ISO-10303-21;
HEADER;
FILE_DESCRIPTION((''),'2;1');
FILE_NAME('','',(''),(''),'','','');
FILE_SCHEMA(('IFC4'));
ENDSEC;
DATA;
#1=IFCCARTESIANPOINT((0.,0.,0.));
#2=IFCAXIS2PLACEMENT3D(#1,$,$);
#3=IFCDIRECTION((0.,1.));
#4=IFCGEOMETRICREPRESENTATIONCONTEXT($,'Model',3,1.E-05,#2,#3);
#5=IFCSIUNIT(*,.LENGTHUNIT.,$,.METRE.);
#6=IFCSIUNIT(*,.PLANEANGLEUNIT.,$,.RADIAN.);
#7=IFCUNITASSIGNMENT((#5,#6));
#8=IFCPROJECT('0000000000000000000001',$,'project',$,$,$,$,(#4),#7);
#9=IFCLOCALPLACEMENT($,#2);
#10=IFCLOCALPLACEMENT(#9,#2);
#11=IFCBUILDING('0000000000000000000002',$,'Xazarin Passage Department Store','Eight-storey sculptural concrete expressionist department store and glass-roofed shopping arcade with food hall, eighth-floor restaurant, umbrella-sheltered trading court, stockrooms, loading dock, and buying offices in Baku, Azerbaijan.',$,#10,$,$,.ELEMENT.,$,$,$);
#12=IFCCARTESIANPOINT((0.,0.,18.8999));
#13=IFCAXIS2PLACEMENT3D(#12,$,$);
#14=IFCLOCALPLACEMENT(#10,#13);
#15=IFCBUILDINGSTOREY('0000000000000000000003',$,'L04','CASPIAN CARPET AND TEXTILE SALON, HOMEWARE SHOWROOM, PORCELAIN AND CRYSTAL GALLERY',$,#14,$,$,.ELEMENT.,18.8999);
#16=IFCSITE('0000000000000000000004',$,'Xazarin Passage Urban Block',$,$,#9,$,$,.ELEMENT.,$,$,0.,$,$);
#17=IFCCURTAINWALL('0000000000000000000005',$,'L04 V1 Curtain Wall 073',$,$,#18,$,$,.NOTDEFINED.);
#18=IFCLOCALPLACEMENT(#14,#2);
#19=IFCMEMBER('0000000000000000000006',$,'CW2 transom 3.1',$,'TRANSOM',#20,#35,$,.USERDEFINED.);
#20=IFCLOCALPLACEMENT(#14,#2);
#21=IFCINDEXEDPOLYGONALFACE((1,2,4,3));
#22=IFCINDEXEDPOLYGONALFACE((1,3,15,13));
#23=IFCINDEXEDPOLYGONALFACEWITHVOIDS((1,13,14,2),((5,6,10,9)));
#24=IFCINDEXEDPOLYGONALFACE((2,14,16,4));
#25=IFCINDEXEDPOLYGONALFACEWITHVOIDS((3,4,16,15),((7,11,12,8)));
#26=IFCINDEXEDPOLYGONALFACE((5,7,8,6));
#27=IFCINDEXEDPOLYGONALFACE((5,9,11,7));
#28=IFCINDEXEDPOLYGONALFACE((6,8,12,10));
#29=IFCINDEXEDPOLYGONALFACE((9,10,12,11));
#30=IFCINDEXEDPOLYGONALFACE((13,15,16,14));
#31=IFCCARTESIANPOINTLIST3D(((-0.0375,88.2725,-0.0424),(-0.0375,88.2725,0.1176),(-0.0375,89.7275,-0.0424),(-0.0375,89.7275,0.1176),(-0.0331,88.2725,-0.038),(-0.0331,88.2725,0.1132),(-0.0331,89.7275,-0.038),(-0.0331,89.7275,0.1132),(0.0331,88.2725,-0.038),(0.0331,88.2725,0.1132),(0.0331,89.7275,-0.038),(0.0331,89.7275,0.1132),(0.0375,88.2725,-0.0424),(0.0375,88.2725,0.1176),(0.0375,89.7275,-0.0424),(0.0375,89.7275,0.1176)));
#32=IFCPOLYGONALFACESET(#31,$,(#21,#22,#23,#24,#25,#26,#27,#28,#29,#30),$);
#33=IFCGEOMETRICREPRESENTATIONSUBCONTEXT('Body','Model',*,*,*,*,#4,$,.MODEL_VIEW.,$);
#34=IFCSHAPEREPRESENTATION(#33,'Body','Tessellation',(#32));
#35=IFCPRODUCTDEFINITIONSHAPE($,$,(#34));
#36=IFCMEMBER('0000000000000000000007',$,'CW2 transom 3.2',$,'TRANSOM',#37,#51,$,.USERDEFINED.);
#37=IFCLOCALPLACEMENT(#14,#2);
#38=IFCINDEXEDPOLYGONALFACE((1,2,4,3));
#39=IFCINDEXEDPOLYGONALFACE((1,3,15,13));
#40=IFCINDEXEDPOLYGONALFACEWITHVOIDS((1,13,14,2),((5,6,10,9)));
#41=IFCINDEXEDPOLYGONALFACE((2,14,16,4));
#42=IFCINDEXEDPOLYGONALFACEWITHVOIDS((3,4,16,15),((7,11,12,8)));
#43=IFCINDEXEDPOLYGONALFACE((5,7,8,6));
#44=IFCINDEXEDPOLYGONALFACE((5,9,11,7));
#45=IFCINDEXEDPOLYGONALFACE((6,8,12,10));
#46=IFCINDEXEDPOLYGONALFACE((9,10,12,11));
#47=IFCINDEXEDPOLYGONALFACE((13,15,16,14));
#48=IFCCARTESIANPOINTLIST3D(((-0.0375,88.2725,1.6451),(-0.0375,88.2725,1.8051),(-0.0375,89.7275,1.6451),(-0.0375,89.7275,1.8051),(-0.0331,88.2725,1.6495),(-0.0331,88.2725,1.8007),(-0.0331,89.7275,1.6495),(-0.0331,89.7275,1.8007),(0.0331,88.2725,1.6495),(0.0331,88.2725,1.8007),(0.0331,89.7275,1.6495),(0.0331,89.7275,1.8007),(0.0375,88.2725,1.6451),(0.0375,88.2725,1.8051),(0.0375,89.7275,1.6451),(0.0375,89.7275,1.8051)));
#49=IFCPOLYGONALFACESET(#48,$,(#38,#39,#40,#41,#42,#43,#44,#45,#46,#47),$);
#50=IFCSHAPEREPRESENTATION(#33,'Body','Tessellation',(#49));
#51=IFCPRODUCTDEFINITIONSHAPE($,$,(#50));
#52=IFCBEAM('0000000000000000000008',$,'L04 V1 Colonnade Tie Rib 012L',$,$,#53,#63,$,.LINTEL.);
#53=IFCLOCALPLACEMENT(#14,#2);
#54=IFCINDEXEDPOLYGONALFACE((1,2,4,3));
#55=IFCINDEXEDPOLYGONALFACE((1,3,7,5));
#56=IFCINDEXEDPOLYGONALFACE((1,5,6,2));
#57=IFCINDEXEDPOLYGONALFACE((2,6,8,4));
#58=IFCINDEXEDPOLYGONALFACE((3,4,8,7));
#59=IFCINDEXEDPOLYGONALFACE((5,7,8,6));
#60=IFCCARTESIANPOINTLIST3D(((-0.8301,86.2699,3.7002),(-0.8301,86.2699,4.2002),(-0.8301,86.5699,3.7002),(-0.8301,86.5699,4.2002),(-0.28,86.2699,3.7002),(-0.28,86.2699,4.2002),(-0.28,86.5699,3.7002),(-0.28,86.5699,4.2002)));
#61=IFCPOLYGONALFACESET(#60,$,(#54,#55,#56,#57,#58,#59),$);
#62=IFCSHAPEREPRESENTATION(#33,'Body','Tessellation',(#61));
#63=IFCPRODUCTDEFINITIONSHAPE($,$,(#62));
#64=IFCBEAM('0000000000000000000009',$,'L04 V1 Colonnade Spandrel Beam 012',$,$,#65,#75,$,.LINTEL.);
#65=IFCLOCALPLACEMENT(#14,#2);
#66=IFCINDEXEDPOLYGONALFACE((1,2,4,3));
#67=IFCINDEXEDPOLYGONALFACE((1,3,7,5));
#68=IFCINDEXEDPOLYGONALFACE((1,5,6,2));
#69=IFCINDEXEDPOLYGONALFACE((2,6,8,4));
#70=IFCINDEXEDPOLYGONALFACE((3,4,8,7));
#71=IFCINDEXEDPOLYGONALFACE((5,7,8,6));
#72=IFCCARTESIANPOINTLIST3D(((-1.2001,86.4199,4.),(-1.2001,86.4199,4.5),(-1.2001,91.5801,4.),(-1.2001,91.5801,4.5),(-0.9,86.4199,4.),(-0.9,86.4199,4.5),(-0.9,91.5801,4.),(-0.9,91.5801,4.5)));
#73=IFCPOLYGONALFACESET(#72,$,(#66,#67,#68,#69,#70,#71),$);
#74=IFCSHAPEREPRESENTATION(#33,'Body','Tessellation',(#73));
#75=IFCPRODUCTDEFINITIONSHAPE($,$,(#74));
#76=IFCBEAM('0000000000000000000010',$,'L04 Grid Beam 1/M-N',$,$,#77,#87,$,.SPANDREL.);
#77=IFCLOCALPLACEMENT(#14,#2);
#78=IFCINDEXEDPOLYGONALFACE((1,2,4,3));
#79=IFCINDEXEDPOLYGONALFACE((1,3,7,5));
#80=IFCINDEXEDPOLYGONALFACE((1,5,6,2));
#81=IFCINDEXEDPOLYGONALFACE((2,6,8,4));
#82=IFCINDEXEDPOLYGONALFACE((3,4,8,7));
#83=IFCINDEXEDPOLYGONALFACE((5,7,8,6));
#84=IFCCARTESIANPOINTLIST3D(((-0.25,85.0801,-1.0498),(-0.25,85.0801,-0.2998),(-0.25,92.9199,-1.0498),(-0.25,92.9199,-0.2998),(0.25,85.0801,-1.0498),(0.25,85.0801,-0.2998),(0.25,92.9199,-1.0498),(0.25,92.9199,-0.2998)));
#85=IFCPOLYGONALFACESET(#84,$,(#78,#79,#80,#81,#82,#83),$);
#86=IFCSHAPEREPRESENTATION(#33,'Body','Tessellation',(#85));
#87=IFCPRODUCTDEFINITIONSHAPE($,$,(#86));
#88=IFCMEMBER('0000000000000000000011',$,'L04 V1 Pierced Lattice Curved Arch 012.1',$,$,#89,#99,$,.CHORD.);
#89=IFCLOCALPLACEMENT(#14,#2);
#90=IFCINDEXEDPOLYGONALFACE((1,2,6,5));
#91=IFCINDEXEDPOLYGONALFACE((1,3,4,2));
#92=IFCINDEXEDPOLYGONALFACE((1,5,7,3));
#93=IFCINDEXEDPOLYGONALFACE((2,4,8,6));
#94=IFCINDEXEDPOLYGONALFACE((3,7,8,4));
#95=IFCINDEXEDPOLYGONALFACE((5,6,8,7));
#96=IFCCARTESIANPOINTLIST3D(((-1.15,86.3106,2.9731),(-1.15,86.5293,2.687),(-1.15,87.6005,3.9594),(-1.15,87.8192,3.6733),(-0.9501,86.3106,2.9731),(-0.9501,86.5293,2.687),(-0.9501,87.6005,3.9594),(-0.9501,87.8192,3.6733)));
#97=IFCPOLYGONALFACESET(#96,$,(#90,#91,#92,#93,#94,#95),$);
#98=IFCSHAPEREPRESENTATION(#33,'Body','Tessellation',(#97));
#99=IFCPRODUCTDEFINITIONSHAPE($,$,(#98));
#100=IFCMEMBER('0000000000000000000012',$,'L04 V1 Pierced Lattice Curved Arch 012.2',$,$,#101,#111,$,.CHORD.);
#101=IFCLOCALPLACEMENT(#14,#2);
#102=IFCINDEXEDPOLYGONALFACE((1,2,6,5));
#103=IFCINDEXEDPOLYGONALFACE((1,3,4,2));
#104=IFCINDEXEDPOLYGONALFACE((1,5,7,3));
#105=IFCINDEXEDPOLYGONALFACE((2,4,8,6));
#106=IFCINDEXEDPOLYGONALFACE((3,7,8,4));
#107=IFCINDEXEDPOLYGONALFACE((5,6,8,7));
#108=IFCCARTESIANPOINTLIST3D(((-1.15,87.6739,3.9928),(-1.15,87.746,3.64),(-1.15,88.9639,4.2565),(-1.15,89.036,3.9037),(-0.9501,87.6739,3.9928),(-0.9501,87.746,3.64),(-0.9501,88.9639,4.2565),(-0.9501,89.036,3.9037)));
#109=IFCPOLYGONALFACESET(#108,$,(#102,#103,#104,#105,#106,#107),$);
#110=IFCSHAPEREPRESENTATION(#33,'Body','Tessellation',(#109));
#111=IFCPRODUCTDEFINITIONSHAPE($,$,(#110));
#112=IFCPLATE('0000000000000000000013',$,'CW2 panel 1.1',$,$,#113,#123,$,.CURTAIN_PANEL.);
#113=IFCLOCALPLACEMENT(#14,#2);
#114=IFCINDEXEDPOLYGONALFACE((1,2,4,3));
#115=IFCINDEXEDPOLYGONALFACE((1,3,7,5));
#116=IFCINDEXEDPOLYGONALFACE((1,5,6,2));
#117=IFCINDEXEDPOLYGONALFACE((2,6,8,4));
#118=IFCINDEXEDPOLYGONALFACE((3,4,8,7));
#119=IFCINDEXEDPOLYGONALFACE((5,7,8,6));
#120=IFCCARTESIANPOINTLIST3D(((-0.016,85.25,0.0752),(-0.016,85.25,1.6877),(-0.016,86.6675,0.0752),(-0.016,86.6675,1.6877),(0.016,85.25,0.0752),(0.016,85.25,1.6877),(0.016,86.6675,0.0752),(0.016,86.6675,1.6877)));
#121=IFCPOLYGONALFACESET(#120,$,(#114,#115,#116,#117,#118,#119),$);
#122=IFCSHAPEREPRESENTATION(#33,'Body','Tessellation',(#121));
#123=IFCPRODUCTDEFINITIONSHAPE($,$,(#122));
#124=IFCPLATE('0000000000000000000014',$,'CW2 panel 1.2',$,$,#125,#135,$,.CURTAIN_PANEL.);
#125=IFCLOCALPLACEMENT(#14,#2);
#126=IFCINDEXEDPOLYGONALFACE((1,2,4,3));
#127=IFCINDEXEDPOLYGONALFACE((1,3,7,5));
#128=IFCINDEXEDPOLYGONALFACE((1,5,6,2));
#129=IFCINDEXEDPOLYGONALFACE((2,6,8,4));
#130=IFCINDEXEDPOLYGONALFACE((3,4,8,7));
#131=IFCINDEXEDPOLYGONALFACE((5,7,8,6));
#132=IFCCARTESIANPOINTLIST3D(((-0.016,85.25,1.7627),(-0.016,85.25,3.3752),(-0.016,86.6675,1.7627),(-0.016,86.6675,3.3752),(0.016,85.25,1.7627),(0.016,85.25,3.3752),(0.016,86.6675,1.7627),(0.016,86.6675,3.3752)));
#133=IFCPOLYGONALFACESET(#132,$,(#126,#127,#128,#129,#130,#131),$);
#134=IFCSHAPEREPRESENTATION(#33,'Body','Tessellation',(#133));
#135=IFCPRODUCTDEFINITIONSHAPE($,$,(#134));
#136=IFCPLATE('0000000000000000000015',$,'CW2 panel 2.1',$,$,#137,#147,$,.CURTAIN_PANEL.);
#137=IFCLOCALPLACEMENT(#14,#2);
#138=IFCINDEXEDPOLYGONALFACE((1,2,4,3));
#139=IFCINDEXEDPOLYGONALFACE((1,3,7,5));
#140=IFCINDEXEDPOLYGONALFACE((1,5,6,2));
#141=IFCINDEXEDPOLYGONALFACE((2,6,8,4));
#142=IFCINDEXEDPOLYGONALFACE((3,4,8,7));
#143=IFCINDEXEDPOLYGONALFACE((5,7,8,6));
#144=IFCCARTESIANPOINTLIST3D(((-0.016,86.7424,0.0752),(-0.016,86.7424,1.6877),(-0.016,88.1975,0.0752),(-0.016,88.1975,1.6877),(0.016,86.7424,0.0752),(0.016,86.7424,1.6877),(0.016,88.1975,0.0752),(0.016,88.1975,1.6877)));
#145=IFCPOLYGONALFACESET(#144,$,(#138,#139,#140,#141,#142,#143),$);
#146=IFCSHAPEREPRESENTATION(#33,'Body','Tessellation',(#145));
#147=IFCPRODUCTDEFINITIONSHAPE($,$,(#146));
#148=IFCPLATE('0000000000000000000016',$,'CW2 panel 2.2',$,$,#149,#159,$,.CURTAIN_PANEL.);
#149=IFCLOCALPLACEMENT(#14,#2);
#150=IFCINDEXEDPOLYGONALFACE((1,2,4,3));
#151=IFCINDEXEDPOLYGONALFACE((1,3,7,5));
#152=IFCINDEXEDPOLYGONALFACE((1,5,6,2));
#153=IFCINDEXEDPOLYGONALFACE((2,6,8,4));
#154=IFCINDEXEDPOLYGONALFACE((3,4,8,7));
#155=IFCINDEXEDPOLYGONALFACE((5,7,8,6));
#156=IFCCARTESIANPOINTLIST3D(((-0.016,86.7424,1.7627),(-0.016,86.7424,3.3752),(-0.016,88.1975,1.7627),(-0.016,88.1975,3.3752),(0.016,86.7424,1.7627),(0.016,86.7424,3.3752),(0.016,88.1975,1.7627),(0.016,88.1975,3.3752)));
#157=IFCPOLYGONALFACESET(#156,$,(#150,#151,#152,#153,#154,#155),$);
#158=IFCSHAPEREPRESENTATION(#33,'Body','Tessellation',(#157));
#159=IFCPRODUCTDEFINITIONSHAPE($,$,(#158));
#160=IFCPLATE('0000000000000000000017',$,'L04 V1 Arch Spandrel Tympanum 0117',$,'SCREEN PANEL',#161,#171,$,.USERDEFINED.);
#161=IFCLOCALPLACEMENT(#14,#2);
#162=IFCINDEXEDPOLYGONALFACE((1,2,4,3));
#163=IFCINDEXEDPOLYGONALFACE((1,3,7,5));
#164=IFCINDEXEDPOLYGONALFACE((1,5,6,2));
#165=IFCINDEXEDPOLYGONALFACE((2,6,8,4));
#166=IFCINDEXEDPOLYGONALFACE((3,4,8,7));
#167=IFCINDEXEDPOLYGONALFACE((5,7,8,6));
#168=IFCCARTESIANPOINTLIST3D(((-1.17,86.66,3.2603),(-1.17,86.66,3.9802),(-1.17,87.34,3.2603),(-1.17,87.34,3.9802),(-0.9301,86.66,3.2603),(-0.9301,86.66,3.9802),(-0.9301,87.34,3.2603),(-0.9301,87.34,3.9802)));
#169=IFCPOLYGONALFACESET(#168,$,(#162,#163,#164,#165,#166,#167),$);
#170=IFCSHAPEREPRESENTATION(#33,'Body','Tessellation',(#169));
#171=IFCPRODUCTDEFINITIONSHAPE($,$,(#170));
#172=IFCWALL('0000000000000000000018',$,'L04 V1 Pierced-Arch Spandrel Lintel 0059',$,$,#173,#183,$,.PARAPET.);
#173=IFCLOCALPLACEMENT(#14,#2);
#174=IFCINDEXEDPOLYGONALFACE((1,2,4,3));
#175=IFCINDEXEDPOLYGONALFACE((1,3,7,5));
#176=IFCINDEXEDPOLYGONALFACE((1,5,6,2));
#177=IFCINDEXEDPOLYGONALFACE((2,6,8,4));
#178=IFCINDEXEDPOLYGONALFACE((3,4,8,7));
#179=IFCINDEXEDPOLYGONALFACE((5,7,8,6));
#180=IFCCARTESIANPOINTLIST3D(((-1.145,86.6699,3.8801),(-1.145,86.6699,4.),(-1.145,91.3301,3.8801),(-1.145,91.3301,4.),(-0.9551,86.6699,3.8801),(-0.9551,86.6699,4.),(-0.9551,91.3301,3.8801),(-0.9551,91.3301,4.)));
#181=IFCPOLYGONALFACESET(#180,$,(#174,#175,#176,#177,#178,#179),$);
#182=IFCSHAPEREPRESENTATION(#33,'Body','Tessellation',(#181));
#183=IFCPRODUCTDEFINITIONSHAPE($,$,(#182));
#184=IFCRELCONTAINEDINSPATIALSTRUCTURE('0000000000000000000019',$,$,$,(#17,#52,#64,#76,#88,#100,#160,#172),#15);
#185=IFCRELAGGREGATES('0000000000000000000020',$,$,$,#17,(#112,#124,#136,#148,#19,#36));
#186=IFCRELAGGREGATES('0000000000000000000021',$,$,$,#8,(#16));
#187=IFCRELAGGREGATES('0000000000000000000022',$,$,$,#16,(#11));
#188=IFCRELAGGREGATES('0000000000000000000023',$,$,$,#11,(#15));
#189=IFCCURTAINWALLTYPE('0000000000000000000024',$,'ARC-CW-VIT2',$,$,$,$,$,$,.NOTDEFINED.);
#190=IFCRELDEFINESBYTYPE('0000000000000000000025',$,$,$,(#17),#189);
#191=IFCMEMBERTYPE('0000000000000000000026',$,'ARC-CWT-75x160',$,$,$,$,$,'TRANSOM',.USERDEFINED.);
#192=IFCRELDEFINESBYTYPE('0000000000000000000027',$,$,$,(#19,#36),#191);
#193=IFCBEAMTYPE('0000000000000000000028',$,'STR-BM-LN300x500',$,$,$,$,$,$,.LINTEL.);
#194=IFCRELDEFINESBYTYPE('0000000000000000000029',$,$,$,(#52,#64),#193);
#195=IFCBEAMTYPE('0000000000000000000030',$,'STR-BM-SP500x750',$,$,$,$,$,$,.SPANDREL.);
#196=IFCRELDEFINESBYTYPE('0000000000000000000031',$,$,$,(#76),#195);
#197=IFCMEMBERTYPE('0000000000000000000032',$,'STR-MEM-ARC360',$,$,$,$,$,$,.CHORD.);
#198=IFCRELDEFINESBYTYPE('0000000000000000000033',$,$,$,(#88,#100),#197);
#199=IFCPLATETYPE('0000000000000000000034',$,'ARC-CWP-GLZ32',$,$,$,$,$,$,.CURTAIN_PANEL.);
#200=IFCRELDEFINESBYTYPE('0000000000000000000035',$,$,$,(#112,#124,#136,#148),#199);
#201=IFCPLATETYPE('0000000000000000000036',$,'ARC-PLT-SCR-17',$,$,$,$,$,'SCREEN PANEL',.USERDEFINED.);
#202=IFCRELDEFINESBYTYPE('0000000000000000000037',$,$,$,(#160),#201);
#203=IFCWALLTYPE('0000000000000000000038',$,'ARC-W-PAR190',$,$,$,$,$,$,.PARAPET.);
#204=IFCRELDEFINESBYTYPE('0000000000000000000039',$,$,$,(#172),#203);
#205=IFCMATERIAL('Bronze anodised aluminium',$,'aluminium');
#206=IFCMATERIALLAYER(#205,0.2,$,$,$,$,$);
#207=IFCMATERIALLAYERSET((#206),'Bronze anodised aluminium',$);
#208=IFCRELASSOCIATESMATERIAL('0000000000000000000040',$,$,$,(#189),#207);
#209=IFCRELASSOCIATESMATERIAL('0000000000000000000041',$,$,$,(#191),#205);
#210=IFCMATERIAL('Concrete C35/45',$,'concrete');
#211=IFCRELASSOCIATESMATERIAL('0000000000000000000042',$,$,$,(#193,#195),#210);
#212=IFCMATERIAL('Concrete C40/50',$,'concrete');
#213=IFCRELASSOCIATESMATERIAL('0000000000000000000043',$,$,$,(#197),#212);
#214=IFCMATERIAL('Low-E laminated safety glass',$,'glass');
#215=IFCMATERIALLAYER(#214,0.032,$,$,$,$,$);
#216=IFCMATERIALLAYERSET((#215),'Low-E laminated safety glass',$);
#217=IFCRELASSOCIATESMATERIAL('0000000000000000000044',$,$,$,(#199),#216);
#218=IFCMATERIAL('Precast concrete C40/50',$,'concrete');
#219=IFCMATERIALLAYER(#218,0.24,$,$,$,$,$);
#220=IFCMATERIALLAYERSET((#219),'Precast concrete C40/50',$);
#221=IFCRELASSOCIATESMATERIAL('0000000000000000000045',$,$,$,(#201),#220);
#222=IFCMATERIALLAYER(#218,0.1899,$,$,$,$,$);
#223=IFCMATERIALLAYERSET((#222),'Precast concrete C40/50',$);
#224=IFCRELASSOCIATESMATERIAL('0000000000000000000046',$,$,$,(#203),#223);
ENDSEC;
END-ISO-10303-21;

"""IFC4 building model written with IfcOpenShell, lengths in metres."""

from ifc_helpers import new_model, si_unit, direction, frame, frame_2d, origin, origin_2d, place, context, subcontext, project, spatial, rectangle, hollow_rectangle, extrude, material, layer, layer_set, material_profile, profile_set, type_object, element, aggregate, save


model = new_model("IFC4")

# Units and contexts
model_context = context("Model", 3, precision=1e-05, world=origin(), true_north=direction((0.0, 1.0)))
body_context = subcontext(model_context, "Body", "Model", "MODEL_VIEW")
ifc_project = project(units=[si_unit("LENGTHUNIT", "METRE"), si_unit("PLANEANGLEUNIT", "RADIAN")], contexts=[model_context])

# Site, building, storey
site_placement = place(None, origin())
site = spatial("IfcSite", under=ifc_project, at=site_placement, Name="Xazarin Passage Urban Block", CompositionType="ELEMENT", RefElevation=0.0)
building_placement = place(site_placement, origin())
building = spatial("IfcBuilding", under=site, at=building_placement, Name="Xazarin Passage Department Store", Description="Eight-storey sculptural concrete expressionist department store and glass-roofed shopping arcade with food hall, eighth-floor restaurant, umbrella-sheltered trading court, stockrooms, loading dock, and buying offices in Baku, Azerbaijan.", CompositionType="ELEMENT")
storey_placement = place(building_placement, frame((0.0, 0.0, 18.8999)))
storey = spatial("IfcBuildingStorey", under=building, at=storey_placement, Name="L04", Description="CASPIAN CARPET AND TEXTILE SALON, HOMEWARE SHOWROOM, PORCELAIN AND CRYSTAL GALLERY", CompositionType="ELEMENT", Elevation=18.8999)

# Shared definitions
ifc_material_1 = material(Name="Concrete C40/50", Category="concrete")

# Curtain wall, members
ifc_material_2 = material(Name="Bronze anodised aluminium", Category="aluminium")
ifc_layer_1 = layer(ifc_material_2, 0.2)
ifc_layer_set_1 = layer_set([ifc_layer_1], Name="Bronze anodised aluminium")
curtain_wall_type = type_object("IfcCurtainWallType", Name="ARC-CW-VIT2", PredefinedType="NOTDEFINED", material=ifc_layer_set_1)
curtain_wall_placement = place(storey_placement, origin())
curtain_wall = element("IfcCurtainWall", 1, at=curtain_wall_placement, inside=storey, type_object=curtain_wall_type, Name="L04 V1 Curtain Wall 073", PredefinedType="NOTDEFINED")
ifc_material_profile_1 = material_profile(ifc_material_2, hollow_rectangle(XDim=0.075, YDim=0.1599, WallThickness=0.0044, at=origin_2d()), Name="ALU 75x160")
ifc_profile_set_1 = profile_set([ifc_material_profile_1], Name="Bronze anodised aluminium")
member_type_1 = type_object("IfcMemberType", Name="ARC-CWT-75x160", ElementType="TRANSOM", PredefinedType="USERDEFINED", material=ifc_profile_set_1)
member_1_placement = place(storey_placement, frame((0.0, 88.2725, 0.0376), z_axis=(0.0, 1.0, 0.0), x_axis=(-1.0, 0.0, 0.0)))
member_1 = element("IfcMember", 2, at=member_1_placement, type_object=member_type_1, Name="CW2 transom 3.1", ObjectType="TRANSOM", PredefinedType="USERDEFINED", context=body_context, shape_type="SweptSolid", body=[
    extrude(hollow_rectangle(XDim=0.075, YDim=0.1599, WallThickness=0.0044, at=origin_2d()), origin(), (0.0, 0.0, 1.0), 1.4551),
])
member_2_placement = place(storey_placement, frame((0.0, 88.2725, 1.7251), z_axis=(0.0, 1.0, 0.0), x_axis=(-1.0, 0.0, 0.0)))
member_2 = element("IfcMember", 3, at=member_2_placement, type_object=member_type_1, Name="CW2 transom 3.2", ObjectType="TRANSOM", PredefinedType="USERDEFINED", context=body_context, shape_type="SweptSolid", body=[
    extrude(hollow_rectangle(XDim=0.075, YDim=0.1599, WallThickness=0.0044, at=origin_2d()), origin(), (0.0, 0.0, 1.0), 1.4551),
])

# Beams
ifc_material_3 = material(Name="Concrete C35/45", Category="concrete")
ifc_material_profile_2 = material_profile(ifc_material_3, rectangle(XDim=0.3, YDim=0.5, at=origin_2d()), Name="RC 300x500")
ifc_profile_set_2 = profile_set([ifc_material_profile_2], Name="Concrete C35/45")
beam_type_1 = type_object("IfcBeamType", Name="STR-BM-LN300x500", PredefinedType="LINTEL", material=ifc_profile_set_2)
beam_1_placement = place(storey_placement, frame((-0.28, 86.4199, 3.9502), z_axis=(-1.0, 0.0, 0.0), x_axis=(0.0, -1.0, 0.0)))
element("IfcBeam", 4, at=beam_1_placement, inside=storey, type_object=beam_type_1, Name="L04 V1 Colonnade Tie Rib 012L", PredefinedType="LINTEL", context=body_context, shape_type="SweptSolid", body=[
    extrude(rectangle(XDim=0.3, YDim=0.5, at=origin_2d()), origin(), (0.0, 0.0, 1.0), 0.55),
])
beam_2_placement = place(storey_placement, frame((-1.05, 86.4199, 4.25), z_axis=(0.0, 1.0, 0.0), x_axis=(-1.0, 0.0, 0.0)))
element("IfcBeam", 5, at=beam_2_placement, inside=storey, type_object=beam_type_1, Name="L04 V1 Colonnade Spandrel Beam 012", PredefinedType="LINTEL", context=body_context, shape_type="SweptSolid", body=[
    extrude(rectangle(XDim=0.3, YDim=0.5, at=origin_2d()), origin(), (0.0, 0.0, 1.0), 5.1602),
])
ifc_material_profile_3 = material_profile(ifc_material_3, rectangle(XDim=0.5, YDim=0.75, at=origin_2d()), Name="RC 500x750")
ifc_profile_set_3 = profile_set([ifc_material_profile_3], Name="Concrete C35/45")
beam_type_2 = type_object("IfcBeamType", Name="STR-BM-SP500x750", PredefinedType="SPANDREL", material=ifc_profile_set_3)
beam_3_placement = place(storey_placement, frame((0.0, 85.0801, -0.6748), z_axis=(0.0, 1.0, 0.0), x_axis=(-1.0, 0.0, 0.0)))
element("IfcBeam", 6, at=beam_3_placement, inside=storey, type_object=beam_type_2, Name="L04 Grid Beam 1/M-N", PredefinedType="SPANDREL", context=body_context, shape_type="SweptSolid", body=[
    extrude(rectangle(XDim=0.5, YDim=0.75, at=origin_2d()), origin(), (0.0, 0.0, 1.0), 7.8398),
])

# Members
ifc_material_profile_4 = material_profile(ifc_material_1, rectangle(XDim=0.2, YDim=0.3601, at=origin_2d()), Name="RC 200x360")
ifc_profile_set_4 = profile_set([ifc_material_profile_4], Name="Concrete C40/50")
member_type_2 = type_object("IfcMemberType", Name="STR-MEM-ARC360", PredefinedType="CHORD", material=ifc_profile_set_4)
member_3_placement = place(storey_placement, frame((-1.05, 86.4199, 2.8301), z_axis=(0.0, 0.794409, 0.607383), x_axis=(-1.0, 0.0, 0.0)))
element("IfcMember", 7, at=member_3_placement, inside=storey, type_object=member_type_2, Name="L04 V1 Pierced Lattice Curved Arch 012.1", PredefinedType="CHORD", context=body_context, shape_type="SweptSolid", body=[
    extrude(rectangle(XDim=0.2, YDim=0.3601, at=origin_2d()), origin(), (0.0, 0.0, 1.0), 1.6238),
])
member_4_placement = place(storey_placement, frame((-1.05, 87.71, 3.8164), z_axis=(0.0, 0.979745, 0.200251), x_axis=(-1.0, 0.0, 0.0)))
element("IfcMember", 8, at=member_4_placement, inside=storey, type_object=member_type_2, Name="L04 V1 Pierced Lattice Curved Arch 012.2", PredefinedType="CHORD", context=body_context, shape_type="SweptSolid", body=[
    extrude(rectangle(XDim=0.2, YDim=0.3601, at=origin_2d()), origin(), (0.0, 0.0, 1.0), 1.3167),
])

# Plates
ifc_material_4 = material(Name="Low-E laminated safety glass", Category="glass")
ifc_layer_2 = layer(ifc_material_4, 0.032)
ifc_layer_set_2 = layer_set([ifc_layer_2], Name="Low-E laminated safety glass")
plate_type_1 = type_object("IfcPlateType", Name="ARC-CWP-GLZ32", PredefinedType="CURTAIN_PANEL", material=ifc_layer_set_2)
plate_1_placement = place(storey_placement, frame((0.0, 85.9587, 0.0752), z_axis=(0.0, 0.0, 1.0), x_axis=(0.0, 1.0, 0.0)))
plate_1 = element("IfcPlate", 9, at=plate_1_placement, type_object=plate_type_1, Name="CW2 panel 1.1", PredefinedType="CURTAIN_PANEL", context=body_context, shape_type="SweptSolid", body=[
    extrude(rectangle(XDim=1.4175, YDim=0.032, at=origin_2d()), origin(), (0.0, 0.0, 1.0), 1.6125),
])
plate_2_placement = place(storey_placement, frame((0.0, 85.9587, 1.7627), z_axis=(0.0, 0.0, 1.0), x_axis=(0.0, 1.0, 0.0)))
plate_2 = element("IfcPlate", 10, at=plate_2_placement, type_object=plate_type_1, Name="CW2 panel 1.2", PredefinedType="CURTAIN_PANEL", context=body_context, shape_type="SweptSolid", body=[
    extrude(rectangle(XDim=1.4175, YDim=0.032, at=origin_2d()), origin(), (0.0, 0.0, 1.0), 1.6125),
])
plate_3_placement = place(storey_placement, frame((0.0, 87.47, 0.0752), z_axis=(0.0, 0.0, 1.0), x_axis=(0.0, 1.0, 0.0)))
plate_3 = element("IfcPlate", 11, at=plate_3_placement, type_object=plate_type_1, Name="CW2 panel 2.1", PredefinedType="CURTAIN_PANEL", context=body_context, shape_type="SweptSolid", body=[
    extrude(rectangle(XDim=1.4551, YDim=0.032, at=origin_2d()), origin(), (0.0, 0.0, 1.0), 1.6125),
])
plate_4_placement = place(storey_placement, frame((0.0, 87.47, 1.7627), z_axis=(0.0, 0.0, 1.0), x_axis=(0.0, 1.0, 0.0)))
plate_4 = element("IfcPlate", 12, at=plate_4_placement, type_object=plate_type_1, Name="CW2 panel 2.2", PredefinedType="CURTAIN_PANEL", context=body_context, shape_type="SweptSolid", body=[
    extrude(rectangle(XDim=1.4551, YDim=0.032, at=origin_2d()), origin(), (0.0, 0.0, 1.0), 1.6125),
])
aggregate(curtain_wall, [plate_1, plate_2, plate_3, plate_4, member_1, member_2])
ifc_material_5 = material(Name="Precast concrete C40/50", Category="concrete")
ifc_layer_3 = layer(ifc_material_5, 0.24)
ifc_layer_set_3 = layer_set([ifc_layer_3], Name="Precast concrete C40/50")
plate_type_2 = type_object("IfcPlateType", Name="ARC-PLT-SCR-17", ElementType="SCREEN PANEL", PredefinedType="USERDEFINED", material=ifc_layer_set_3)
plate_5_placement = place(storey_placement, frame((-1.05, 87.0, 3.2603), z_axis=(0.0, 0.0, 1.0), x_axis=(0.0, 1.0, 0.0)))
element("IfcPlate", 13, at=plate_5_placement, inside=storey, type_object=plate_type_2, Name="L04 V1 Arch Spandrel Tympanum 0117", ObjectType="SCREEN PANEL", PredefinedType="USERDEFINED", context=body_context, shape_type="SweptSolid", body=[
    extrude(rectangle(XDim=0.6799, YDim=0.24, at=origin_2d()), origin(), (0.0, 0.0, 1.0), 0.72),
])

# Wall
ifc_layer_4 = layer(ifc_material_5, 0.1899)
ifc_layer_set_4 = layer_set([ifc_layer_4], Name="Precast concrete C40/50")
wall_type = type_object("IfcWallType", Name="ARC-W-PAR190", PredefinedType="PARAPET", material=ifc_layer_set_4)
wall_placement = place(storey_placement, frame((-1.05, 86.6699, 3.8801), z_axis=(0.0, 0.0, 1.0), x_axis=(0.0, 1.0, 0.0)))
element("IfcWall", 14, at=wall_placement, inside=storey, type_object=wall_type, Name="L04 V1 Pierced-Arch Spandrel Lintel 0059", PredefinedType="PARAPET", context=body_context, shape_type="SweptSolid", body=[
    extrude(rectangle(XDim=4.6602, YDim=0.1899, at=frame_2d((2.3301, 0.0))), origin(), (0.0, 0.0, 1.0), 0.1199),
])

save(model, "model.ifc")
